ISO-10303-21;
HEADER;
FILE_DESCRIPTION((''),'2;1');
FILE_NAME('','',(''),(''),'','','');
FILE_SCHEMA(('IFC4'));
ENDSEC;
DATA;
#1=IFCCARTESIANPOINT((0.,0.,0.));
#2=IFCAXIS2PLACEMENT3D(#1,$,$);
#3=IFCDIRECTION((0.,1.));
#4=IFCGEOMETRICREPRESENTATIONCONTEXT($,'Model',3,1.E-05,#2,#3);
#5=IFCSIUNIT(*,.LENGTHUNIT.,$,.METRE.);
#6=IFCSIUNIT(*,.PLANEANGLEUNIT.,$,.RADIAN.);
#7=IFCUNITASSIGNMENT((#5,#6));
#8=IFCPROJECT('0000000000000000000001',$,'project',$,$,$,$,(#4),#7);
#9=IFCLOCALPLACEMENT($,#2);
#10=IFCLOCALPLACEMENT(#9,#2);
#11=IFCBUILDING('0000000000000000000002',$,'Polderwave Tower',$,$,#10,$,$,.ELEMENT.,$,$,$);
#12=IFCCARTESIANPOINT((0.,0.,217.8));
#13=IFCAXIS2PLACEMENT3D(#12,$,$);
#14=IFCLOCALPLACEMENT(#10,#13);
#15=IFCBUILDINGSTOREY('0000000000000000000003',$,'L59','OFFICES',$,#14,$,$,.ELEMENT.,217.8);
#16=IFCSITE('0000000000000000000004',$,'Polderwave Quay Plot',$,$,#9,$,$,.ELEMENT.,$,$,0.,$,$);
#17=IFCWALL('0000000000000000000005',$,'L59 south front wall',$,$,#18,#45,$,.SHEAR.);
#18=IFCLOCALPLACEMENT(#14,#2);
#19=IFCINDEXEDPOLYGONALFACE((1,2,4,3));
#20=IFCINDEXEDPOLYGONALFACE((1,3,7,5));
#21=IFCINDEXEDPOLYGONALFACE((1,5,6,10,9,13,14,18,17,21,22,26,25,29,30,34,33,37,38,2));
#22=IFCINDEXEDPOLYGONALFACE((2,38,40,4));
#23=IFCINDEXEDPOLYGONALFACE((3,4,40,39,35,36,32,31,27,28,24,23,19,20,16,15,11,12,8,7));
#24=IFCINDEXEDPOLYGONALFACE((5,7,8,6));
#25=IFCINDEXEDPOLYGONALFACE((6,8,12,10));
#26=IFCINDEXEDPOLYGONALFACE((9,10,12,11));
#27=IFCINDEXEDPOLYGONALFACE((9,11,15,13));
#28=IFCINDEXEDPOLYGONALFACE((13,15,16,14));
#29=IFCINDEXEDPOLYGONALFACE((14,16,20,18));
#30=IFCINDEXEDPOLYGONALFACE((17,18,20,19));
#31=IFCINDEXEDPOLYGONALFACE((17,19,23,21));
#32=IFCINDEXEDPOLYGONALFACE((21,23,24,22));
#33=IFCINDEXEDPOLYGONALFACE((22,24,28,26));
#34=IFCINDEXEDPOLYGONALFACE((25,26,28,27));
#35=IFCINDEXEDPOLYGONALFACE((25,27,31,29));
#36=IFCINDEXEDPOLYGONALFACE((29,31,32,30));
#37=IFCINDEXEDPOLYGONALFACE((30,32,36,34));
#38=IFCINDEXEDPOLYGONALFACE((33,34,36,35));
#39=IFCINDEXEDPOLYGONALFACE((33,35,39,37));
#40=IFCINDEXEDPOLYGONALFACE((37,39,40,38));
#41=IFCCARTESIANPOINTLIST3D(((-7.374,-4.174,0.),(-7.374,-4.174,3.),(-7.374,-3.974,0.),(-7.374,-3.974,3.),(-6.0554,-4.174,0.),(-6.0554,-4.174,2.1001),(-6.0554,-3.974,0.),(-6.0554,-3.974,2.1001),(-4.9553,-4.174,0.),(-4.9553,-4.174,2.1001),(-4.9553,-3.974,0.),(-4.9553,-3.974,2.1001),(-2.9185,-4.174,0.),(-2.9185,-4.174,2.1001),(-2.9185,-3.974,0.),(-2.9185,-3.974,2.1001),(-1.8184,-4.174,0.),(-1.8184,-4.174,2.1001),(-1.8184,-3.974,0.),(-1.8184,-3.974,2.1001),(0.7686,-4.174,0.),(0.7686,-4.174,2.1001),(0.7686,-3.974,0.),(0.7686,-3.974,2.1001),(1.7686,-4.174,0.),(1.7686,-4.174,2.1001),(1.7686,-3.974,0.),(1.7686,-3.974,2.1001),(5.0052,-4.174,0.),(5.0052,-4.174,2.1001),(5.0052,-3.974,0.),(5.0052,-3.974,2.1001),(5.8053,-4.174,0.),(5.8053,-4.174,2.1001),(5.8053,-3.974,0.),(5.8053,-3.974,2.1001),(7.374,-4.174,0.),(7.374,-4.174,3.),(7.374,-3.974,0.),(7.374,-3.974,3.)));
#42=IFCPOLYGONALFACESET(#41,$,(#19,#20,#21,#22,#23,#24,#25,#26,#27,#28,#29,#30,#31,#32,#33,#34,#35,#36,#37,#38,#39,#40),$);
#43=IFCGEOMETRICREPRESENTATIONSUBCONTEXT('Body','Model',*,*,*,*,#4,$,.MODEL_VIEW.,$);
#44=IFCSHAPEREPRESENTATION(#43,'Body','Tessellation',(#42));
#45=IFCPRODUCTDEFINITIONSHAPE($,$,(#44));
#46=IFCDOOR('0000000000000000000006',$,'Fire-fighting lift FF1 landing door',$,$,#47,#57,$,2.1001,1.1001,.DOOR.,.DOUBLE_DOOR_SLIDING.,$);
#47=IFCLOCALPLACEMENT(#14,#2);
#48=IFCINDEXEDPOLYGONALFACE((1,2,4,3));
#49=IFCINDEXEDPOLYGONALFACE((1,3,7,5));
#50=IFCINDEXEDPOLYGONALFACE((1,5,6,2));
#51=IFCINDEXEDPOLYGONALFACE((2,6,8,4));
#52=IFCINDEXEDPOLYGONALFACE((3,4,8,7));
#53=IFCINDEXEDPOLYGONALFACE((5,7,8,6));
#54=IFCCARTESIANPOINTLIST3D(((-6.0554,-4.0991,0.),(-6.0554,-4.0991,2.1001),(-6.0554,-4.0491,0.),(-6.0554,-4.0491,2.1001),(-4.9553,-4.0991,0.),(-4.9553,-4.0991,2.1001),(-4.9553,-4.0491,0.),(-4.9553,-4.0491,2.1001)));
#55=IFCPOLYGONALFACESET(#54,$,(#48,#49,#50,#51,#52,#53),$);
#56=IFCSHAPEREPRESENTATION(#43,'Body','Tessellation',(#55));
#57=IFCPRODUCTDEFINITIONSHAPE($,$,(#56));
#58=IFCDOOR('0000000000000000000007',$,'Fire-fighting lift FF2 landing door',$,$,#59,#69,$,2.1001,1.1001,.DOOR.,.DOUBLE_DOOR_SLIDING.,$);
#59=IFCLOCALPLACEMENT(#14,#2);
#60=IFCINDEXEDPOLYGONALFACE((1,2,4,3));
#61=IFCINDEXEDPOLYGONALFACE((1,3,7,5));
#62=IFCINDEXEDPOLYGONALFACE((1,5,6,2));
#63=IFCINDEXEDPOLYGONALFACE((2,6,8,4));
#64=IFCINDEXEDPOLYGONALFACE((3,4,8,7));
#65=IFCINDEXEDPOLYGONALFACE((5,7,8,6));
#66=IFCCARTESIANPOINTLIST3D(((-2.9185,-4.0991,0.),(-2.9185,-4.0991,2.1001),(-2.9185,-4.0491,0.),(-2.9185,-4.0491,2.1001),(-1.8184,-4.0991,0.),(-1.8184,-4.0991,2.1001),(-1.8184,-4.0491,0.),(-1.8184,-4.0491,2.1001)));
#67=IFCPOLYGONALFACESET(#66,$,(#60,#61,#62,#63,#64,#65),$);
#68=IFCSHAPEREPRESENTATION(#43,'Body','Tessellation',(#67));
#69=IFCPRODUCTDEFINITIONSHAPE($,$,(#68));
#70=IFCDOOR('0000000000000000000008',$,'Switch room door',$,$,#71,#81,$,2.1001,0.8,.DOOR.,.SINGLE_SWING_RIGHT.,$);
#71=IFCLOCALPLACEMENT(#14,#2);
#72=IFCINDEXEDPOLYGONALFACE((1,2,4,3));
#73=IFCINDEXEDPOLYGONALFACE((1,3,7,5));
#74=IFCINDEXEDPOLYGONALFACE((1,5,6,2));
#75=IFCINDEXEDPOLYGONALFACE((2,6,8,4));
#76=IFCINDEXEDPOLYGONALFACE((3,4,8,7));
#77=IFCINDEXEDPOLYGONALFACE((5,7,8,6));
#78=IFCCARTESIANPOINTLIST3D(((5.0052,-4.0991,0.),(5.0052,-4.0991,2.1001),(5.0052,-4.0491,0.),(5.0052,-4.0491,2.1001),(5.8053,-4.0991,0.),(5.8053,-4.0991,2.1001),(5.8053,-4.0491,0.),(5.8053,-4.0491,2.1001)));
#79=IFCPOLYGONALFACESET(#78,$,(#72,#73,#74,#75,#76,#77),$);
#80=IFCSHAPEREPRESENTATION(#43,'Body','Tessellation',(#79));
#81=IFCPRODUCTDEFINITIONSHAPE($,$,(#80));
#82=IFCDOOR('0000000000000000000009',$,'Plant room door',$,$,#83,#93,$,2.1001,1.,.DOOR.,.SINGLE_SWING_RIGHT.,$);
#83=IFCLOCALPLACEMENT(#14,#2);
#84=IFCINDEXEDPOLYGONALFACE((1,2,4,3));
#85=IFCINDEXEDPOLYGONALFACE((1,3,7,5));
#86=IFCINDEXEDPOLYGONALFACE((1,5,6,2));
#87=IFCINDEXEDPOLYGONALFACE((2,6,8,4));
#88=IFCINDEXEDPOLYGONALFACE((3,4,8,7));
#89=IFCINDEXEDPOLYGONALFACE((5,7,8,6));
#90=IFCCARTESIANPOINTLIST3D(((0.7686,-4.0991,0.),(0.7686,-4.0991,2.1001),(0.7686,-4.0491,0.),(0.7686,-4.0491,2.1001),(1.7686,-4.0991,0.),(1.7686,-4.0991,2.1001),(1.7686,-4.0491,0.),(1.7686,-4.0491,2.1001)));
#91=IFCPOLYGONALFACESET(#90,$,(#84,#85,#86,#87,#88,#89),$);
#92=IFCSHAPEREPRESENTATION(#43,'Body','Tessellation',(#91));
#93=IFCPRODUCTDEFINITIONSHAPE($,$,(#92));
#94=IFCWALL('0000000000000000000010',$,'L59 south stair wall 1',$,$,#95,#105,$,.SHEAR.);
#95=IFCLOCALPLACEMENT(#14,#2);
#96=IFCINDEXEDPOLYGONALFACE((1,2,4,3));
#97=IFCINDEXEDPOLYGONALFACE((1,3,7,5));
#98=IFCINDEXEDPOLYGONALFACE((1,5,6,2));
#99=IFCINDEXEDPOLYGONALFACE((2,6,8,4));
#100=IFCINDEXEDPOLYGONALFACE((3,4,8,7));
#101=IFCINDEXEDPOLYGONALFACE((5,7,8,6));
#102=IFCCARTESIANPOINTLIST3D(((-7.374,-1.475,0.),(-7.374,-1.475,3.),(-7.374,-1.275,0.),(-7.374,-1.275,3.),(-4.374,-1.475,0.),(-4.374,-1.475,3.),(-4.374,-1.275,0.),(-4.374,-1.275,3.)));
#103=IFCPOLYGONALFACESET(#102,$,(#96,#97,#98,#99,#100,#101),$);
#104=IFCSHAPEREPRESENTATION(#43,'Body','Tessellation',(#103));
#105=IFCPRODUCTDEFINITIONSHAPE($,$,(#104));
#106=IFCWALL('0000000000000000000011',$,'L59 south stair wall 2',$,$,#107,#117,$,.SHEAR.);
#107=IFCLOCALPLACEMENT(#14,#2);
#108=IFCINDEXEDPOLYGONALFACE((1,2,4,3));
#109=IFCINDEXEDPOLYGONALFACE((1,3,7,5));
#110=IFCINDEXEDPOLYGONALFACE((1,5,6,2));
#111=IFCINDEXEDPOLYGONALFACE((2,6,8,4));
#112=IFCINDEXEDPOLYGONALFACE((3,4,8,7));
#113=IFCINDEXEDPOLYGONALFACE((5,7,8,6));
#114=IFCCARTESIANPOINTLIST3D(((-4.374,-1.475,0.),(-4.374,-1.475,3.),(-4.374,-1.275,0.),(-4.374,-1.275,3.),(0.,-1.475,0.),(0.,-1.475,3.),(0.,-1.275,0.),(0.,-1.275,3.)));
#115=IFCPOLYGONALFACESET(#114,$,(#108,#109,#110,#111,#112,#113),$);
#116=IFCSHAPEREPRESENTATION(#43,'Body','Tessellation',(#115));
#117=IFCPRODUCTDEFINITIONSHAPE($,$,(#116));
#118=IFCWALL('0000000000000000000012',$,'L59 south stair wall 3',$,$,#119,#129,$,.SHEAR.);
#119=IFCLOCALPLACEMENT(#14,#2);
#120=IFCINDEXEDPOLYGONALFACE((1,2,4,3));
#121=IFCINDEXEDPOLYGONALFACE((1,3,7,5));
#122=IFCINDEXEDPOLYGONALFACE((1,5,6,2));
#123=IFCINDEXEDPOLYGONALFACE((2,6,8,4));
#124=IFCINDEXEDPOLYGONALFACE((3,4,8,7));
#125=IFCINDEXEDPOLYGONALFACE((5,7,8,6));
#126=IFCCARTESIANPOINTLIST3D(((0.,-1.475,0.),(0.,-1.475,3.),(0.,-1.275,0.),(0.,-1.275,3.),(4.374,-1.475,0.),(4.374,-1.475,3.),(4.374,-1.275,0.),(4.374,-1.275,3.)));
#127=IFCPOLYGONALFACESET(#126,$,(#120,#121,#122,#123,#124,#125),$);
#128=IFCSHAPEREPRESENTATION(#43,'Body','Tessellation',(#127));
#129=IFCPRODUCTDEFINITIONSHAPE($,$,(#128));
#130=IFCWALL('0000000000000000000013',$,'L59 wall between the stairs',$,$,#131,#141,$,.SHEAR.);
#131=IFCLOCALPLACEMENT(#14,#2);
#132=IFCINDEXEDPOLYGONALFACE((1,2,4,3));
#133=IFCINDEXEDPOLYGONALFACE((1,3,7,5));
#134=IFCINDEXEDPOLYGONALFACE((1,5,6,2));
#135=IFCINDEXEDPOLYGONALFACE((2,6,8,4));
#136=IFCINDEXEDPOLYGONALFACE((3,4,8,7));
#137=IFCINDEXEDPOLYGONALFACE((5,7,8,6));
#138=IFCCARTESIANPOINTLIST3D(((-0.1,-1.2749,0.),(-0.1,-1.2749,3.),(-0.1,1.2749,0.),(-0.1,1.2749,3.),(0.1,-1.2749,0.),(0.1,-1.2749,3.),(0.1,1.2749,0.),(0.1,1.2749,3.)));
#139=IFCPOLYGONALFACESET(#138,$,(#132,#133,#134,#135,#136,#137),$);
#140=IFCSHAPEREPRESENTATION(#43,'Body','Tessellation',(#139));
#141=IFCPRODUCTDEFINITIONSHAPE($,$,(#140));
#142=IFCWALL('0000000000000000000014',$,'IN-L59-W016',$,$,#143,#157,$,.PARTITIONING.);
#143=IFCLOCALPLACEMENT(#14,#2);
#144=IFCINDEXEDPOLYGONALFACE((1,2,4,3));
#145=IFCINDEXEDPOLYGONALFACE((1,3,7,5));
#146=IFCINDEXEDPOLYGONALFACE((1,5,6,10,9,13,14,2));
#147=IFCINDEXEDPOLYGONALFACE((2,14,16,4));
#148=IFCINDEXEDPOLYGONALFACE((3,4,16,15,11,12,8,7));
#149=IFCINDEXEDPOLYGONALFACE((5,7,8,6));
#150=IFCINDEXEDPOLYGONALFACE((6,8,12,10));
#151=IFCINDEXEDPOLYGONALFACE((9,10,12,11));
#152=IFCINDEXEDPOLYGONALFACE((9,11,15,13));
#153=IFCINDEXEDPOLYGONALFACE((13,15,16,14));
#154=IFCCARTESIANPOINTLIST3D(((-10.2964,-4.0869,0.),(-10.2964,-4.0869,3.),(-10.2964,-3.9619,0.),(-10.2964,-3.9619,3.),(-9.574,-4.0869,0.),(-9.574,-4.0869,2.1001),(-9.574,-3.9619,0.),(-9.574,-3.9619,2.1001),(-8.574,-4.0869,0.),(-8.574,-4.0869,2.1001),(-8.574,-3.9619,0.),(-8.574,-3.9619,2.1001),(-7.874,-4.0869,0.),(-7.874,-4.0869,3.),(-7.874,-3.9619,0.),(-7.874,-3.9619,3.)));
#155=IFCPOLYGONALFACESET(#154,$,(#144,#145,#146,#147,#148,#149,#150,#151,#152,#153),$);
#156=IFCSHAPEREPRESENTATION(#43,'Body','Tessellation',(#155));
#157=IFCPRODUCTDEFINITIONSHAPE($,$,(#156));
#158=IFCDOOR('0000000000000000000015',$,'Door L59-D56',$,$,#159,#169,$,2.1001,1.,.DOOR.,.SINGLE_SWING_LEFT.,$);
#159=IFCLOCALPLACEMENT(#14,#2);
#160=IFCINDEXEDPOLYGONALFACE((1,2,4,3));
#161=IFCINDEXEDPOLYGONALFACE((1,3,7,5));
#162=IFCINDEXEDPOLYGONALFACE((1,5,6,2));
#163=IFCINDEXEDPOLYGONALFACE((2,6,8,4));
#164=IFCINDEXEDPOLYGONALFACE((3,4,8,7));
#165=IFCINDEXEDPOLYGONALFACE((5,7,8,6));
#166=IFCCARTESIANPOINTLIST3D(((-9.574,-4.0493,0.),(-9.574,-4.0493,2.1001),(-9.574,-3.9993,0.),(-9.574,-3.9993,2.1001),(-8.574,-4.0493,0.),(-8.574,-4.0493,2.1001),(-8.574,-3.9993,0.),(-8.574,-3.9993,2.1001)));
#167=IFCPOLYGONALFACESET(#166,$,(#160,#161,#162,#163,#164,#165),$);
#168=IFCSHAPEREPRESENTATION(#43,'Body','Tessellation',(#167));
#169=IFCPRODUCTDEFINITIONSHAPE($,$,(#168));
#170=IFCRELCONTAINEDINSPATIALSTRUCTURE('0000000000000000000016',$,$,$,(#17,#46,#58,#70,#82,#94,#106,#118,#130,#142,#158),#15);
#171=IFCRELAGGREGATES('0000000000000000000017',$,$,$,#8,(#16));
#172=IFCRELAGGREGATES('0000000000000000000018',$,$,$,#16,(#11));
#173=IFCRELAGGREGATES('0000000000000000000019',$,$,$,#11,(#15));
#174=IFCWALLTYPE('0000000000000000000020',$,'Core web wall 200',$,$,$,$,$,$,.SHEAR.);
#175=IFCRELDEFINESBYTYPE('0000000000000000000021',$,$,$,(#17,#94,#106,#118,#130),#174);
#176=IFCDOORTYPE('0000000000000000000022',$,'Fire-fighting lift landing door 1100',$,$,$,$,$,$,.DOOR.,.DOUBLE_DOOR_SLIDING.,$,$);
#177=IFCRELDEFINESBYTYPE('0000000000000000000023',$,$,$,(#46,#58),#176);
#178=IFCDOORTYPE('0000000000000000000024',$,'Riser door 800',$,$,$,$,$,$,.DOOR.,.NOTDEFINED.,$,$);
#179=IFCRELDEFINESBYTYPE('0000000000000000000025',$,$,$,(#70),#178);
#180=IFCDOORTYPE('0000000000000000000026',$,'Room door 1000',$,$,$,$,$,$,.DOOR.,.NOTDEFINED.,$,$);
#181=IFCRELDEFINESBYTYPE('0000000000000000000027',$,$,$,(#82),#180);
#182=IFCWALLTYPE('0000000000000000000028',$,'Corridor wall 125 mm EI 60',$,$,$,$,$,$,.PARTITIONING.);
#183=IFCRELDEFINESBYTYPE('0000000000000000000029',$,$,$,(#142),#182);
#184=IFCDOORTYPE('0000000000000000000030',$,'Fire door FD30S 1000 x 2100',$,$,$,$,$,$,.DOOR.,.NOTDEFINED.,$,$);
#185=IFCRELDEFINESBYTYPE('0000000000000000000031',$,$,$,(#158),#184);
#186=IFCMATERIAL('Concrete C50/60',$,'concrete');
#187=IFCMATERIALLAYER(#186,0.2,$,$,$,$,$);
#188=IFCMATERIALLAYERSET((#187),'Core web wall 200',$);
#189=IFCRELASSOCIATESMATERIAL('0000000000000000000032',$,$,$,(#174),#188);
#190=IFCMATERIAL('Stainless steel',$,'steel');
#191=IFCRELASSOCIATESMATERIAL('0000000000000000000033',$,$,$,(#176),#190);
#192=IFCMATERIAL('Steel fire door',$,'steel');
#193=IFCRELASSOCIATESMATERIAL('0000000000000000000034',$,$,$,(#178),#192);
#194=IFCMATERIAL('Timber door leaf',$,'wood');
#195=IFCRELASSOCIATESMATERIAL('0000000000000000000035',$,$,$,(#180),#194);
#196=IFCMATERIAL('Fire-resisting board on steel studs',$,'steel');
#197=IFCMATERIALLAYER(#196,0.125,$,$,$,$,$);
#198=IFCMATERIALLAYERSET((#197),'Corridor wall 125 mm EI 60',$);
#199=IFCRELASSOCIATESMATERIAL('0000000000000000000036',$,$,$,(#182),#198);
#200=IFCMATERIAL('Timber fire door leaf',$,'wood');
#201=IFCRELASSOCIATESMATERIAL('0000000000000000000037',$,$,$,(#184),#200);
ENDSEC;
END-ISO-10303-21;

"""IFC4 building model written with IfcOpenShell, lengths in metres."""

from ifc_helpers import new_model, si_unit, direction, frame, frame_2d, origin, place, context, subcontext, project, spatial, rectangle, extrude, material, layer, layer_set, type_object, element, fill, save


model = new_model("IFC4")

# Units and contexts
model_context = context("Model", 3, precision=1e-05, world=origin(), true_north=direction((0.0, 1.0)))
body_context = subcontext(model_context, "Body", "Model", "MODEL_VIEW")
ifc_project = project(units=[si_unit("LENGTHUNIT", "METRE"), si_unit("PLANEANGLEUNIT", "RADIAN")], contexts=[model_context])

# Site, building, storey
site_placement = place(None, origin())
site = spatial("IfcSite", under=ifc_project, at=site_placement, Name="Polderwave Quay Plot", CompositionType="ELEMENT", RefElevation=0.0)
building_placement = place(site_placement, origin())
building = spatial("IfcBuilding", under=site, at=building_placement, Name="Polderwave Tower", CompositionType="ELEMENT")
storey_placement = place(building_placement, frame((0.0, 0.0, 217.8)))
storey = spatial("IfcBuildingStorey", under=building, at=storey_placement, Name="L59", Description="OFFICES", CompositionType="ELEMENT", Elevation=217.8)

# Shared definitions
ifc_material_1 = material(Name="Steel fire door", Category="steel")

# Wall, openings, doors
ifc_material_2 = material(Name="Concrete C50/60", Category="concrete")
ifc_layer_1 = layer(ifc_material_2, 0.2)
ifc_layer_set_1 = layer_set([ifc_layer_1], Name="Core web wall 200")
wall_type_1 = type_object("IfcWallType", Name="Core web wall 200", PredefinedType="SHEAR", material=ifc_layer_set_1)
wall_1_placement = place(storey_placement, frame((-7.374, -4.074, 0.0), z_axis=(0.0, 0.0, 1.0), x_axis=(1.0, 0.0, 0.0)))
wall_1 = element("IfcWall", 1, at=wall_1_placement, inside=storey, type_object=wall_type_1, Name="L59 south front wall", PredefinedType="SHEAR", context=body_context, shape_type="SweptSolid", body=[
    extrude(rectangle(XDim=14.748, YDim=0.2, at=frame_2d((7.374, 0.0))), origin(), (0.0, 0.0, 1.0), 3.0),
])
opening_1_placement = place(wall_1_placement, frame((1.3186, 0.0, 0.0)))
opening_1 = element("IfcOpeningElement", 2, at=opening_1_placement, cuts=wall_1, PredefinedType="OPENING", context=body_context, shape_type="SweptSolid", body=[
    extrude(rectangle(XDim=1.1001, YDim=2.1001, at=frame_2d((0.55, 1.05))), frame((0.0, 0.1099, 0.0), z_axis=(0.0, -1.0, 0.0), x_axis=(1.0, 0.0, 0.0)), (0.0, 0.0, 1.0), 0.22),
])
opening_2_placement = place(wall_1_placement, frame((4.4556, 0.0, 0.0)))
opening_2 = element("IfcOpeningElement", 3, at=opening_2_placement, cuts=wall_1, PredefinedType="OPENING", context=body_context, shape_type="SweptSolid", body=[
    extrude(rectangle(XDim=1.1001, YDim=2.1001, at=frame_2d((0.55, 1.05))), frame((0.0, 0.1099, 0.0), z_axis=(0.0, -1.0, 0.0), x_axis=(1.0, 0.0, 0.0)), (0.0, 0.0, 1.0), 0.22),
])
opening_3_placement = place(wall_1_placement, frame((8.1426, 0.0, 0.0)))
opening_3 = element("IfcOpeningElement", 4, at=opening_3_placement, cuts=wall_1, PredefinedType="OPENING", context=body_context, shape_type="SweptSolid", body=[
    extrude(rectangle(XDim=1.0, YDim=2.1001, at=frame_2d((0.5, 1.05))), frame((0.0, 0.1099, 0.0), z_axis=(0.0, -1.0, 0.0), x_axis=(1.0, 0.0, 0.0)), (0.0, 0.0, 1.0), 0.22),
])
opening_4_placement = place(wall_1_placement, frame((12.3794, 0.0, 0.0)))
opening_4 = element("IfcOpeningElement", 5, at=opening_4_placement, cuts=wall_1, PredefinedType="OPENING", context=body_context, shape_type="SweptSolid", body=[
    extrude(rectangle(XDim=0.8, YDim=2.1001, at=frame_2d((0.3999, 1.05))), frame((0.0, 0.1099, 0.0), z_axis=(0.0, -1.0, 0.0), x_axis=(1.0, 0.0, 0.0)), (0.0, 0.0, 1.0), 0.22),
])
ifc_material_3 = material(Name="Stainless steel", Category="steel")
door_type_1 = type_object("IfcDoorType", Name="Fire-fighting lift landing door 1100", OperationType="DOUBLE_DOOR_SLIDING", PredefinedType="DOOR", material=ifc_material_3)
door_1_placement = place(opening_1_placement, origin())
door_1 = element("IfcDoor", 6, at=door_1_placement, inside=storey, type_object=door_type_1, Name="Fire-fighting lift FF1 landing door", OperationType="DOUBLE_DOOR_SLIDING", OverallHeight=2.1001, OverallWidth=1.1001, PredefinedType="DOOR", context=body_context, shape_type="SweptSolid", body=[
    extrude(rectangle(XDim=1.1001, YDim=2.1001, at=frame_2d((0.55, 1.05))), frame((0.0, 0.0249, 0.0), z_axis=(0.0, -1.0, 0.0), x_axis=(1.0, 0.0, 0.0)), (0.0, 0.0, 1.0), 0.05),
])
fill(opening_1, door_1)
door_2_placement = place(opening_2_placement, origin())
door_2 = element("IfcDoor", 7, at=door_2_placement, inside=storey, type_object=door_type_1, Name="Fire-fighting lift FF2 landing door", OperationType="DOUBLE_DOOR_SLIDING", OverallHeight=2.1001, OverallWidth=1.1001, PredefinedType="DOOR", context=body_context, shape_type="SweptSolid", body=[
    extrude(rectangle(XDim=1.1001, YDim=2.1001, at=frame_2d((0.55, 1.05))), frame((0.0, 0.0249, 0.0), z_axis=(0.0, -1.0, 0.0), x_axis=(1.0, 0.0, 0.0)), (0.0, 0.0, 1.0), 0.05),
])
fill(opening_2, door_2)
door_type_2 = type_object("IfcDoorType", Name="Riser door 800", OperationType="NOTDEFINED", PredefinedType="DOOR", material=ifc_material_1)
door_3_placement = place(opening_4_placement, origin())
door_3 = element("IfcDoor", 8, at=door_3_placement, inside=storey, type_object=door_type_2, Name="Switch room door", OperationType="SINGLE_SWING_RIGHT", OverallHeight=2.1001, OverallWidth=0.8, PredefinedType="DOOR", context=body_context, shape_type="SweptSolid", body=[
    extrude(rectangle(XDim=0.8, YDim=2.1001, at=frame_2d((0.3999, 1.05))), frame((0.0, 0.0249, 0.0), z_axis=(0.0, -1.0, 0.0), x_axis=(1.0, 0.0, 0.0)), (0.0, 0.0, 1.0), 0.05),
])
fill(opening_4, door_3)
ifc_material_4 = material(Name="Timber door leaf", Category="wood")
door_type_3 = type_object("IfcDoorType", Name="Room door 1000", OperationType="NOTDEFINED", PredefinedType="DOOR", material=ifc_material_4)
door_4_placement = place(opening_3_placement, origin())
door_4 = element("IfcDoor", 9, at=door_4_placement, inside=storey, type_object=door_type_3, Name="Plant room door", OperationType="SINGLE_SWING_RIGHT", OverallHeight=2.1001, OverallWidth=1.0, PredefinedType="DOOR", context=body_context, shape_type="SweptSolid", body=[
    extrude(rectangle(XDim=1.0, YDim=2.1001, at=frame_2d((0.5, 1.05))), frame((0.0, 0.0249, 0.0), z_axis=(0.0, -1.0, 0.0), x_axis=(1.0, 0.0, 0.0)), (0.0, 0.0, 1.0), 0.05),
])
fill(opening_3, door_4)

# Walls
wall_2_placement = place(storey_placement, frame((-7.374, -1.375, 0.0), z_axis=(0.0, 0.0, 1.0), x_axis=(1.0, 0.0, 0.0)))
element("IfcWall", 10, at=wall_2_placement, inside=storey, type_object=wall_type_1, Name="L59 south stair wall 1", PredefinedType="SHEAR", context=body_context, shape_type="SweptSolid", body=[
    extrude(rectangle(XDim=3.0, YDim=0.2, at=frame_2d((1.5, 0.0))), origin(), (0.0, 0.0, 1.0), 3.0),
])
for number, where, z_axis, x_axis, name in (
    (11, (-4.374, -1.375, 0.0), (0.0, 0.0, 1.0), (1.0, 0.0, 0.0), "L59 south stair wall 2"),
    (12, (0.0, -1.375, 0.0), (0.0, 0.0, 1.0), (1.0, 0.0, 0.0), "L59 south stair wall 3"),
):
    element("IfcWall", number, at=place(storey_placement, frame(where, z_axis=z_axis, x_axis=x_axis)), inside=storey, type_object=wall_type_1, Name=name, PredefinedType="SHEAR", context=body_context, shape_type="SweptSolid", body=[
        extrude(rectangle(XDim=4.374, YDim=0.2, at=frame_2d((2.187, 0.0))), origin(), (0.0, 0.0, 1.0), 3.0),
    ])
wall_3_placement = place(storey_placement, frame((0.0, -1.2749, 0.0), z_axis=(0.0, 0.0, 1.0), x_axis=(0.0, 1.0, 0.0)))
element("IfcWall", 13, at=wall_3_placement, inside=storey, type_object=wall_type_1, Name="L59 wall between the stairs", PredefinedType="SHEAR", context=body_context, shape_type="SweptSolid", body=[
    extrude(rectangle(XDim=2.5498, YDim=0.2, at=frame_2d((1.2749, 0.0))), origin(), (0.0, 0.0, 1.0), 3.0),
])

# Wall, opening, door
ifc_material_5 = material(Name="Fire-resisting board on steel studs", Category="steel")
ifc_layer_2 = layer(ifc_material_5, 0.125)
ifc_layer_set_2 = layer_set([ifc_layer_2], Name="Corridor wall 125 mm EI 60")
wall_type_2 = type_object("IfcWallType", Name="Corridor wall 125 mm EI 60", PredefinedType="PARTITIONING", material=ifc_layer_set_2)
wall_4_placement = place(storey_placement, frame((-7.874, -4.0244, 0.0), z_axis=(0.0, 0.0, 1.0), x_axis=(-1.0, 0.0, 0.0)))
wall_4 = element("IfcWall", 14, at=wall_4_placement, inside=storey, type_object=wall_type_2, Name="IN-L59-W016", PredefinedType="PARTITIONING", context=body_context, shape_type="SweptSolid", body=[
    extrude(rectangle(XDim=2.4224, YDim=0.125, at=frame_2d((1.2112, 0.0))), origin(), (0.0, 0.0, 1.0), 3.0),
])
opening_5_placement = place(wall_4_placement, frame((0.7, 0.0, 0.0)))
opening_5 = element("IfcOpeningElement", 15, at=opening_5_placement, cuts=wall_4, PredefinedType="OPENING", context=body_context, shape_type="SweptSolid", body=[
    extrude(rectangle(XDim=1.0, YDim=2.1001, at=frame_2d((0.5, 1.05))), frame((0.0, 0.0725, 0.0), z_axis=(0.0, -1.0, 0.0), x_axis=(1.0, 0.0, 0.0)), (0.0, 0.0, 1.0), 0.145),
])
ifc_material_6 = material(Name="Timber fire door leaf", Category="wood")
door_type_4 = type_object("IfcDoorType", Name="Fire door FD30S 1000 x 2100", OperationType="NOTDEFINED", PredefinedType="DOOR", material=ifc_material_6)
door_5_placement = place(opening_5_placement, origin())
door_5 = element("IfcDoor", 16, at=door_5_placement, inside=storey, type_object=door_type_4, Name="Door L59-D56", OperationType="SINGLE_SWING_LEFT", OverallHeight=2.1001, OverallWidth=1.0, PredefinedType="DOOR", context=body_context, shape_type="SweptSolid", body=[
    extrude(rectangle(XDim=1.0, YDim=2.1001, at=frame_2d((0.5, 1.05))), frame((0.0, 0.0249, 0.0), z_axis=(0.0, -1.0, 0.0), x_axis=(1.0, 0.0, 0.0)), (0.0, 0.0, 1.0), 0.05),
])
fill(opening_5, door_5)

save(model, "model.ifc")
